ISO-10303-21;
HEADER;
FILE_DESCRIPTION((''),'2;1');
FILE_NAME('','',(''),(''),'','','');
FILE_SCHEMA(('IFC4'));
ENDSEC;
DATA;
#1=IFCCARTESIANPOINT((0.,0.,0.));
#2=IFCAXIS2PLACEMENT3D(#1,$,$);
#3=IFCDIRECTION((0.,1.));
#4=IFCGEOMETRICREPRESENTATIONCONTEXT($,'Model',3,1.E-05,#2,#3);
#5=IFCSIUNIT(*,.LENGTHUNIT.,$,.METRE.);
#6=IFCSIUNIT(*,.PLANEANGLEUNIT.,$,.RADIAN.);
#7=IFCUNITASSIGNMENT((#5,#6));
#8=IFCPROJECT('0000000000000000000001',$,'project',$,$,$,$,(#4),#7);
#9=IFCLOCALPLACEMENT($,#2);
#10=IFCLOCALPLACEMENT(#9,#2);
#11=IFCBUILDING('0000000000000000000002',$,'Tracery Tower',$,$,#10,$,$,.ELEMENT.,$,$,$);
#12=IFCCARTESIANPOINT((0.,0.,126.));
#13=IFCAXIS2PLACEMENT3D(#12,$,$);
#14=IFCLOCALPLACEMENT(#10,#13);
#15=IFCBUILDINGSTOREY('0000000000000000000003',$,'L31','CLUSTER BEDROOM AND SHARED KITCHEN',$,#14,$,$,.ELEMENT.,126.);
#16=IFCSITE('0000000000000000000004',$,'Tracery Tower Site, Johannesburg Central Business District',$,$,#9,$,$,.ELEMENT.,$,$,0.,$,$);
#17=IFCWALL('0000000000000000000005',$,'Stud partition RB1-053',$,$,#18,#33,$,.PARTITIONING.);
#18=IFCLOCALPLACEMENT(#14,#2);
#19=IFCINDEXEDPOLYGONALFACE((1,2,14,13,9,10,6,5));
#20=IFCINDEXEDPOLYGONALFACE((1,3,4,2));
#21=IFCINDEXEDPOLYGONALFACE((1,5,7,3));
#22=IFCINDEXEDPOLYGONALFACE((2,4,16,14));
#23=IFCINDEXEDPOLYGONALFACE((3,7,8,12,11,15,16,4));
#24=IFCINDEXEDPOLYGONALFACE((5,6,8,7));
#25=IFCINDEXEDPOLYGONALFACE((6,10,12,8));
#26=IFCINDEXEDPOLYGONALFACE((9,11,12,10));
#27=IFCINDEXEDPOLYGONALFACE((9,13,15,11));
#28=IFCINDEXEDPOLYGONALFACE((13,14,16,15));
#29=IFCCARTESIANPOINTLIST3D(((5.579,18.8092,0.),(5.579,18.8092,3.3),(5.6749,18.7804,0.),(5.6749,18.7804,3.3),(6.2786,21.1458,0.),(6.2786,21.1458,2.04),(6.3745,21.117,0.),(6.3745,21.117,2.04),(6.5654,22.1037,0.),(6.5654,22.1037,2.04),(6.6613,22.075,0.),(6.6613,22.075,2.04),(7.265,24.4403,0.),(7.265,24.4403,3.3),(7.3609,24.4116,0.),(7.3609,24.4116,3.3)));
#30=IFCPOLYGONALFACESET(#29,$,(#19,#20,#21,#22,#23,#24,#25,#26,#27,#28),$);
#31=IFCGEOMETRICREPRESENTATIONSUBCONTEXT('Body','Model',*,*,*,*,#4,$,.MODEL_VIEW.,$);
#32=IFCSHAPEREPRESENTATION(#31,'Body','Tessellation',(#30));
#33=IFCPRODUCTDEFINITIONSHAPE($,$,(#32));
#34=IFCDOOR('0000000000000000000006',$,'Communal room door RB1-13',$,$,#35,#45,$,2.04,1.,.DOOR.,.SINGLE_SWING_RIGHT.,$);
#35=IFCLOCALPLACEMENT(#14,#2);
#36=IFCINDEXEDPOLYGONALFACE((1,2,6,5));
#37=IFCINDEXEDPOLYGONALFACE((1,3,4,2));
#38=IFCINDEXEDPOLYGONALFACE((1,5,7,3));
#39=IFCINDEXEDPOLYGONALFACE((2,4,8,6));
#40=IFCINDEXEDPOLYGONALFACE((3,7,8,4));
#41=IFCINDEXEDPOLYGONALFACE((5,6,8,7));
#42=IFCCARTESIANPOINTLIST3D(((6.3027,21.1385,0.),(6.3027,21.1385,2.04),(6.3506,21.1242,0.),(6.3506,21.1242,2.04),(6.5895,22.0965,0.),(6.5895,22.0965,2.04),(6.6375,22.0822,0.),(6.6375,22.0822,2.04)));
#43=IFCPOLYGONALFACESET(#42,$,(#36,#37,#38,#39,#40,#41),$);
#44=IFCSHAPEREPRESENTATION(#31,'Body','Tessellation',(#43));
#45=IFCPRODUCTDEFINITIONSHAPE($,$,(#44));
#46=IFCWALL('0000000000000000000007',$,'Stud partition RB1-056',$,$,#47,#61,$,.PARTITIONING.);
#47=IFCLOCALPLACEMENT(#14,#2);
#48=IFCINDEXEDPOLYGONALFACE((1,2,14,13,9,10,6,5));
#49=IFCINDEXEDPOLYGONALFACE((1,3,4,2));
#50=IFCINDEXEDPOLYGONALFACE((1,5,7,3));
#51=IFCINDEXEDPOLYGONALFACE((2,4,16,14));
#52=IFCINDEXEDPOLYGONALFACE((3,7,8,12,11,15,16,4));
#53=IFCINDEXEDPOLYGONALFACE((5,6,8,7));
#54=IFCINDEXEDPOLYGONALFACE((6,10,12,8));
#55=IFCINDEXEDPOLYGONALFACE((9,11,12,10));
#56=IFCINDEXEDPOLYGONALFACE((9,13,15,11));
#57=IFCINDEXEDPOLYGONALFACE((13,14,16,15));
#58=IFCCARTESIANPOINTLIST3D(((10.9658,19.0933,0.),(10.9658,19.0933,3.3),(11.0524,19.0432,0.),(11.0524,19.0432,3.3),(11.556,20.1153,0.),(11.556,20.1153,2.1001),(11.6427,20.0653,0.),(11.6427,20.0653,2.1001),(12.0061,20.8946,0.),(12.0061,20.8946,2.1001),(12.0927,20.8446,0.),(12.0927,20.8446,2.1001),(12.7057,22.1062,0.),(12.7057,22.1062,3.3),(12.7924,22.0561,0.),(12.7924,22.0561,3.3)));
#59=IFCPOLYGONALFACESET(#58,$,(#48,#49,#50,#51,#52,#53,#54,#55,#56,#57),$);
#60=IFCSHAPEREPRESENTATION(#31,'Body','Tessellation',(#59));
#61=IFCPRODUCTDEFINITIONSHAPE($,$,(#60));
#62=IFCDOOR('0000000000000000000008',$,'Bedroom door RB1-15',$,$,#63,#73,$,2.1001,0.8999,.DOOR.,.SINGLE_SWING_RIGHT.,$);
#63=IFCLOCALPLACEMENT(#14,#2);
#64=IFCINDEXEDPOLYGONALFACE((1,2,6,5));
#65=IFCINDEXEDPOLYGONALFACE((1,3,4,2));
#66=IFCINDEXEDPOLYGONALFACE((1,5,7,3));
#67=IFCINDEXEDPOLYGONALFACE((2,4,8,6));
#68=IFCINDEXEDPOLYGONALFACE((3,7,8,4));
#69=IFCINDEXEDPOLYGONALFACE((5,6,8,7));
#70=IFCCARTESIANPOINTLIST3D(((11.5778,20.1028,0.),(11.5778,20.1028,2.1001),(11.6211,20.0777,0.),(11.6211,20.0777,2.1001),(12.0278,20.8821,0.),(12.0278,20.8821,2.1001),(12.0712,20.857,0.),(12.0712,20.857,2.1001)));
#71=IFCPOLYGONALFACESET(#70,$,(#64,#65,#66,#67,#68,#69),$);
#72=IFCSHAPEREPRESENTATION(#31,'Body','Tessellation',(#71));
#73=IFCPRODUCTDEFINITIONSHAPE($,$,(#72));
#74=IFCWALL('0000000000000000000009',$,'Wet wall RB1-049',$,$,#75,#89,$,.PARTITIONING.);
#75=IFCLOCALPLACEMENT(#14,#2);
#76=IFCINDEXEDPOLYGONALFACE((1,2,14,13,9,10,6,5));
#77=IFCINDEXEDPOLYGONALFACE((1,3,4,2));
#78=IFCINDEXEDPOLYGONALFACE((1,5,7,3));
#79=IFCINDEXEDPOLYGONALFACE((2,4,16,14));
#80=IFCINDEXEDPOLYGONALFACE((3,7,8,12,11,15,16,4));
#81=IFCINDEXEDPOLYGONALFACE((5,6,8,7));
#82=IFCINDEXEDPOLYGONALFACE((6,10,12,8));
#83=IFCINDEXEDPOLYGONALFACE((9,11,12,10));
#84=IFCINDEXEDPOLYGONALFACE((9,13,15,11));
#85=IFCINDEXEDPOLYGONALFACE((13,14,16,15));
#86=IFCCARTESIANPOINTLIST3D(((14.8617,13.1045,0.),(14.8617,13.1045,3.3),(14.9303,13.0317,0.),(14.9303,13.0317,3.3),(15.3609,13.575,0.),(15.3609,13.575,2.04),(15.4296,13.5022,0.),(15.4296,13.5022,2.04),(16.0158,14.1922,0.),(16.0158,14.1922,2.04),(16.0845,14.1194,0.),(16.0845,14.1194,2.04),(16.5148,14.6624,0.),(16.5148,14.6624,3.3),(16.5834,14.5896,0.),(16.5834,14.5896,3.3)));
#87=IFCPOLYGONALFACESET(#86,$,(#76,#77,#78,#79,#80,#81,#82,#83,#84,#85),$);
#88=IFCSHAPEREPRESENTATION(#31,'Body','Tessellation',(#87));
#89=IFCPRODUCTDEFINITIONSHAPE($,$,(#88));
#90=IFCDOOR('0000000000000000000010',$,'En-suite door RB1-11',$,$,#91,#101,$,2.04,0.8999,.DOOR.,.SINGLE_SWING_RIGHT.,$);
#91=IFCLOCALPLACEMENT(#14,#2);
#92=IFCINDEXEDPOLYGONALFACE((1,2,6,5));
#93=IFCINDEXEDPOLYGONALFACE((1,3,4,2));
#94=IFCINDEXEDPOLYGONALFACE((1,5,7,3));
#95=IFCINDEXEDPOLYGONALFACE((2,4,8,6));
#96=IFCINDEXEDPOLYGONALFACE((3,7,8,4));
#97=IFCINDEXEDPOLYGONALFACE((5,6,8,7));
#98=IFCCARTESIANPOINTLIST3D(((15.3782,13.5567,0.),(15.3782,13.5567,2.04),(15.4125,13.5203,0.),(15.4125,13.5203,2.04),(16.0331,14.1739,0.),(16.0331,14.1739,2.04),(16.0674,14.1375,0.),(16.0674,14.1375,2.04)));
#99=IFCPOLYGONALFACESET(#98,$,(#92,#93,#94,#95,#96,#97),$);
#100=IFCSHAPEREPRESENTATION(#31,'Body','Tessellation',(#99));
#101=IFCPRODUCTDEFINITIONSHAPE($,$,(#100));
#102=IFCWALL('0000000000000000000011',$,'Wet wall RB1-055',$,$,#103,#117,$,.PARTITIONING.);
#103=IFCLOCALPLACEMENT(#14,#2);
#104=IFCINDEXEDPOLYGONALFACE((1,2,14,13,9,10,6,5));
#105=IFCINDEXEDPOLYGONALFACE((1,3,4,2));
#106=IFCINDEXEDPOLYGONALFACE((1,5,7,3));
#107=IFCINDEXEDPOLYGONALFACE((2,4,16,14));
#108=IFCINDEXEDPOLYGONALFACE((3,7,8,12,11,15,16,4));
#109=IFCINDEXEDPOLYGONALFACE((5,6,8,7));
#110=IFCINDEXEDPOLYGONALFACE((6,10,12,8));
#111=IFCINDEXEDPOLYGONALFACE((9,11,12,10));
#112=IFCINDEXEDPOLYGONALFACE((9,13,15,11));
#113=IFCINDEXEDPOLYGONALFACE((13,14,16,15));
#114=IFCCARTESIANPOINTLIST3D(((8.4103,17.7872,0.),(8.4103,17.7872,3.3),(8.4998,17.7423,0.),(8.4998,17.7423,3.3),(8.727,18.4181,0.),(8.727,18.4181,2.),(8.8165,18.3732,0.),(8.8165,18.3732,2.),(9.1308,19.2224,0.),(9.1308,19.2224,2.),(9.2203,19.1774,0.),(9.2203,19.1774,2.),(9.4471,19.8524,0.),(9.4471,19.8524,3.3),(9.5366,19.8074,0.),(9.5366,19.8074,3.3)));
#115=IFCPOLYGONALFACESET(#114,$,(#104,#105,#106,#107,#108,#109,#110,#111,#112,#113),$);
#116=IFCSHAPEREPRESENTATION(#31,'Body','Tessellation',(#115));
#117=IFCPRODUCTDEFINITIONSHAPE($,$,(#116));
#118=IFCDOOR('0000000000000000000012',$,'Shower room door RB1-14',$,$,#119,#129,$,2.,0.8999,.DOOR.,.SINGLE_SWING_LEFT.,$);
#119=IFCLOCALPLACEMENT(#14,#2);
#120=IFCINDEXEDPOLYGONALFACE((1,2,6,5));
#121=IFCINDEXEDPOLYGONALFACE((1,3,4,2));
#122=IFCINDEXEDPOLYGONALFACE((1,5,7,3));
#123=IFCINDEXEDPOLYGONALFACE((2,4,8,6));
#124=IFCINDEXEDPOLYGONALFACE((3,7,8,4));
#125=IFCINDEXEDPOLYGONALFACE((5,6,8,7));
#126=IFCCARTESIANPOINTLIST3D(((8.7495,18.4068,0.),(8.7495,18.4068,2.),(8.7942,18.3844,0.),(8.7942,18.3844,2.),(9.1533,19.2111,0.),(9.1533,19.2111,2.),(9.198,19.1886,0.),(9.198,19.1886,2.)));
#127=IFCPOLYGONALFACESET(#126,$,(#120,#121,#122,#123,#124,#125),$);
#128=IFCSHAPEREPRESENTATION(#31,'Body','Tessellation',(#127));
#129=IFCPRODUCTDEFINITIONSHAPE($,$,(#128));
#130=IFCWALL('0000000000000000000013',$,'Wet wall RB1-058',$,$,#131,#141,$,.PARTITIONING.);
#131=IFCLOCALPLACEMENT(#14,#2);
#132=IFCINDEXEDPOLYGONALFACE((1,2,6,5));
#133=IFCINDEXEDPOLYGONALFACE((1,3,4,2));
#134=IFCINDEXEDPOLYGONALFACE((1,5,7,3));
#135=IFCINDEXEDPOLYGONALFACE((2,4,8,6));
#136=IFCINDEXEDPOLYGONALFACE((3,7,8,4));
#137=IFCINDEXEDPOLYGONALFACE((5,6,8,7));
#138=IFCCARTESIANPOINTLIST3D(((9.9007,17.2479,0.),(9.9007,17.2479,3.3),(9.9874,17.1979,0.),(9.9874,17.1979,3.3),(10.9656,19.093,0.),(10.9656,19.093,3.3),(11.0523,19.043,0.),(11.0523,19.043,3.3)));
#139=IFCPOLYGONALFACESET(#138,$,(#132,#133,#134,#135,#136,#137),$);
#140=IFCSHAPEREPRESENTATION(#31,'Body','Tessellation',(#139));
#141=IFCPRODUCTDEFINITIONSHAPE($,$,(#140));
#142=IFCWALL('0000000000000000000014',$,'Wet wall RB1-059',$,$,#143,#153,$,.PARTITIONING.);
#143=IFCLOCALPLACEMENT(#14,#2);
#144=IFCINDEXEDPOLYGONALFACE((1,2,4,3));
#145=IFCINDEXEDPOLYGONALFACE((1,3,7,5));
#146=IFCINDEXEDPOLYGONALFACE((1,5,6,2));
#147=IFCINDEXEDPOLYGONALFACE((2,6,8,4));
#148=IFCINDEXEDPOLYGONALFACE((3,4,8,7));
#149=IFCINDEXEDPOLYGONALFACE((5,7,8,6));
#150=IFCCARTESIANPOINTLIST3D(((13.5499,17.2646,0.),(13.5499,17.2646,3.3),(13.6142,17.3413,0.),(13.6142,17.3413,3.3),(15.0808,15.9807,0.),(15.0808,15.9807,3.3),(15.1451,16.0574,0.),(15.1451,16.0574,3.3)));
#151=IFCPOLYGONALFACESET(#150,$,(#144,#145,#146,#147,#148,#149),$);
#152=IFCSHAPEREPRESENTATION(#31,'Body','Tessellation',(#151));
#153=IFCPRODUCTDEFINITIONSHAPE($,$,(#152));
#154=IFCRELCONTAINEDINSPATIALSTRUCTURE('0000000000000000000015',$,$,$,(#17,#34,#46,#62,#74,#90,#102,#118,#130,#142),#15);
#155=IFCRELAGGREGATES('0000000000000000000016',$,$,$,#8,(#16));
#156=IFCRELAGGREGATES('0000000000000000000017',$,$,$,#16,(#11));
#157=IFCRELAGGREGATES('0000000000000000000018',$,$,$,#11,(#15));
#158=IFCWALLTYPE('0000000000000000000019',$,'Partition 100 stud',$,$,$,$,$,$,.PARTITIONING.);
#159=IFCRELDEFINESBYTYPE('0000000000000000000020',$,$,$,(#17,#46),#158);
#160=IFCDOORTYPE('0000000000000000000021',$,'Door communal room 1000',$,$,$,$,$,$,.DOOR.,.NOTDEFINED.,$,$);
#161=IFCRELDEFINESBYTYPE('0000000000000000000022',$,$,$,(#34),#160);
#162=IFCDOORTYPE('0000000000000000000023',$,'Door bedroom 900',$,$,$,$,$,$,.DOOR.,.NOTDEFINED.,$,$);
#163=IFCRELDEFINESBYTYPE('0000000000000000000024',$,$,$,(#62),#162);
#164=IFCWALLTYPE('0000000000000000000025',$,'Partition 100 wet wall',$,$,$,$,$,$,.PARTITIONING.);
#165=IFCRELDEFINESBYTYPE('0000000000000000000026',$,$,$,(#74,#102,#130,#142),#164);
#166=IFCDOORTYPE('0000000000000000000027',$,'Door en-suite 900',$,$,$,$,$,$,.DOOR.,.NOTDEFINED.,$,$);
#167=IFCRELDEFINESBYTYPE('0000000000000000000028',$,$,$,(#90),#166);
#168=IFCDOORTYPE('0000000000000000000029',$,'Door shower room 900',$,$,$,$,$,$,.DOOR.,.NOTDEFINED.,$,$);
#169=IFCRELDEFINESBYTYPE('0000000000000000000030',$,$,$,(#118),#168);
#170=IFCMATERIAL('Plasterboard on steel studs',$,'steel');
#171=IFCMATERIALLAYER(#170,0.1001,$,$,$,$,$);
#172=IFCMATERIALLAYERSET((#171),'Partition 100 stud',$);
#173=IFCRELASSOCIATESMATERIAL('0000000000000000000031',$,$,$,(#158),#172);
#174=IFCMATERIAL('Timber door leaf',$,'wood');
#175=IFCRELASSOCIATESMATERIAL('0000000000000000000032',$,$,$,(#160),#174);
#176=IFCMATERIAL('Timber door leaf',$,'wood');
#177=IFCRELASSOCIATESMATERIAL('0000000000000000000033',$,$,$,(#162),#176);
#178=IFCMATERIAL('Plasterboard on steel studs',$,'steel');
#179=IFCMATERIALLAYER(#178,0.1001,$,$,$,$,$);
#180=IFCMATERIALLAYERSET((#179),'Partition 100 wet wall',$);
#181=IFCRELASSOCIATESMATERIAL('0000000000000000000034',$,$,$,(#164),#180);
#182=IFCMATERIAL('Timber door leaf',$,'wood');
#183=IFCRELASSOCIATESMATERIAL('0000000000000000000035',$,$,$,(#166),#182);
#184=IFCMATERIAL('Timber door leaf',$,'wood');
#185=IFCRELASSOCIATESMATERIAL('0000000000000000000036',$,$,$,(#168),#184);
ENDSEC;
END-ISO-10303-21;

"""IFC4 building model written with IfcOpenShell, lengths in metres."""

from ifc_helpers import new_model, si_unit, direction, frame, frame_2d, origin, place, context, subcontext, project, spatial, rectangle, extrude, material, layer, layer_set, type_object, element, fill, save


model = new_model("IFC4")

# Units and contexts
model_context = context("Model", 3, precision=1e-05, world=origin(), true_north=direction((0.0, 1.0)))
body_context = subcontext(model_context, "Body", "Model", "MODEL_VIEW")
ifc_project = project(units=[si_unit("LENGTHUNIT", "METRE"), si_unit("PLANEANGLEUNIT", "RADIAN")], contexts=[model_context])

# Site, building, storey
site_placement = place(None, origin())
site = spatial("IfcSite", under=ifc_project, at=site_placement, Name="Tracery Tower Site, Johannesburg Central Business District", CompositionType="ELEMENT", RefElevation=0.0)
building_placement = place(site_placement, origin())
building = spatial("IfcBuilding", under=site, at=building_placement, Name="Tracery Tower", CompositionType="ELEMENT")
storey_placement = place(building_placement, frame((0.0, 0.0, 126.0)))
storey = spatial("IfcBuildingStorey", under=building, at=storey_placement, Name="L31", Description="CLUSTER BEDROOM AND SHARED KITCHEN", CompositionType="ELEMENT", Elevation=126.0)

# Walls, openings, doors
ifc_material_1 = material(Name="Plasterboard on steel studs", Category="steel")
ifc_layer_1 = layer(ifc_material_1, 0.1001)
ifc_layer_set_1 = layer_set([ifc_layer_1], Name="Partition 100 stud")
wall_type_1 = type_object("IfcWallType", Name="Partition 100 stud", PredefinedType="PARTITIONING", material=ifc_layer_set_1)
wall_1_placement = place(storey_placement, frame((5.627, 18.7949, 0.0), z_axis=(0.0, 0.0, 1.0), x_axis=(0.286833, 0.95798, 0.0)))
wall_1 = element("IfcWall", 1, at=wall_1_placement, inside=storey, type_object=wall_type_1, Name="Stud partition RB1-053", PredefinedType="PARTITIONING", context=body_context, shape_type="SweptSolid", body=[
    extrude(rectangle(XDim=5.8782, YDim=0.1001, at=frame_2d((2.939, 0.0))), origin(), (0.0, 0.0, 1.0), 3.3),
])
opening_1_placement = place(wall_1_placement, frame((2.439, 0.0, 0.0)))
opening_1 = element("IfcOpeningElement", 2, at=opening_1_placement, cuts=wall_1, PredefinedType="OPENING", context=body_context, shape_type="SweptSolid", body=[
    extrude(rectangle(XDim=1.0, YDim=2.04, at=frame_2d((0.5, 1.02))), frame((0.0, 0.05, 0.0), z_axis=(0.0, -1.0, 0.0), x_axis=(1.0, 0.0, 0.0)), (0.0, 0.0, 1.0), 0.1001),
])
ifc_material_2 = material(Name="Timber door leaf", Category="wood")
door_type_1 = type_object("IfcDoorType", Name="Door communal room 1000", OperationType="NOTDEFINED", PredefinedType="DOOR", material=ifc_material_2)
door_1_placement = place(opening_1_placement, origin())
door_1 = element("IfcDoor", 3, at=door_1_placement, inside=storey, type_object=door_type_1, Name="Communal room door RB1-13", OperationType="SINGLE_SWING_RIGHT", OverallHeight=2.04, OverallWidth=1.0, PredefinedType="DOOR", context=body_context, shape_type="SweptSolid", body=[
    extrude(rectangle(XDim=1.0, YDim=2.04, at=frame_2d((0.5, 1.02))), frame((0.0, 0.0249, 0.0), z_axis=(0.0, -1.0, 0.0), x_axis=(1.0, 0.0, 0.0)), (0.0, 0.0, 1.0), 0.05),
])
fill(opening_1, door_1)
wall_2_placement = place(storey_placement, frame((11.009, 19.0681, 0.0), z_axis=(0.0, 0.0, 1.0), x_axis=(0.500101, 0.865967, 0.0)))
wall_2 = element("IfcWall", 4, at=wall_2_placement, inside=storey, type_object=wall_type_1, Name="Stud partition RB1-056", PredefinedType="PARTITIONING", context=body_context, shape_type="SweptSolid", body=[
    extrude(rectangle(XDim=3.4792, YDim=0.1001, at=frame_2d((1.7397, 0.0))), origin(), (0.0, 0.0, 1.0), 3.3),
])
opening_2_placement = place(wall_2_placement, frame((1.1804, 0.0, 0.0)))
opening_2 = element("IfcOpeningElement", 5, at=opening_2_placement, cuts=wall_2, PredefinedType="OPENING", context=body_context, shape_type="SweptSolid", body=[
    extrude(rectangle(XDim=0.8999, YDim=2.1001, at=frame_2d((0.45, 1.05))), frame((0.0, 0.05, 0.0), z_axis=(0.0, -1.0, 0.0), x_axis=(1.0, 0.0, 0.0)), (0.0, 0.0, 1.0), 0.1001),
])
ifc_material_3 = material(Name="Timber door leaf", Category="wood")
door_type_2 = type_object("IfcDoorType", Name="Door bedroom 900", OperationType="NOTDEFINED", PredefinedType="DOOR", material=ifc_material_3)
door_2_placement = place(opening_2_placement, origin())
door_2 = element("IfcDoor", 6, at=door_2_placement, inside=storey, type_object=door_type_2, Name="Bedroom door RB1-15", OperationType="SINGLE_SWING_RIGHT", OverallHeight=2.1001, OverallWidth=0.8999, PredefinedType="DOOR", context=body_context, shape_type="SweptSolid", body=[
    extrude(rectangle(XDim=0.8999, YDim=2.1001, at=frame_2d((0.45, 1.05))), frame((0.0, 0.0249, 0.0), z_axis=(0.0, -1.0, 0.0), x_axis=(1.0, 0.0, 0.0)), (0.0, 0.0, 1.0), 0.05),
])
fill(opening_2, door_2)
ifc_material_4 = material(Name="Plasterboard on steel studs", Category="steel")
ifc_layer_2 = layer(ifc_material_4, 0.1001)
ifc_layer_set_2 = layer_set([ifc_layer_2], Name="Partition 100 wet wall")
wall_type_2 = type_object("IfcWallType", Name="Partition 100 wet wall", PredefinedType="PARTITIONING", material=ifc_layer_set_2)
wall_3_placement = place(storey_placement, frame((14.896, 13.0681, 0.0), z_axis=(0.0, 0.0, 1.0), x_axis=(0.727755, 0.685837, 0.0)))
wall_3 = element("IfcWall", 7, at=wall_3_placement, inside=storey, type_object=wall_type_2, Name="Wet wall RB1-049", PredefinedType="PARTITIONING", context=body_context, shape_type="SweptSolid", body=[
    extrude(rectangle(XDim=2.2715, YDim=0.1001, at=frame_2d((1.1357, 0.0))), origin(), (0.0, 0.0, 1.0), 3.3),
])
opening_3_placement = place(wall_3_placement, frame((0.686, 0.0, 0.0)))
opening_3 = element("IfcOpeningElement", 8, at=opening_3_placement, cuts=wall_3, PredefinedType="OPENING", context=body_context, shape_type="SweptSolid", body=[
    extrude(rectangle(XDim=0.8999, YDim=2.04, at=frame_2d((0.45, 1.02))), frame((0.0, 0.05, 0.0), z_axis=(0.0, -1.0, 0.0), x_axis=(1.0, 0.0, 0.0)), (0.0, 0.0, 1.0), 0.1001),
])
ifc_material_5 = material(Name="Timber door leaf", Category="wood")
door_type_3 = type_object("IfcDoorType", Name="Door en-suite 900", OperationType="NOTDEFINED", PredefinedType="DOOR", material=ifc_material_5)
door_3_placement = place(opening_3_placement, origin())
door_3 = element("IfcDoor", 9, at=door_3_placement, inside=storey, type_object=door_type_3, Name="En-suite door RB1-11", OperationType="SINGLE_SWING_RIGHT", OverallHeight=2.04, OverallWidth=0.8999, PredefinedType="DOOR", context=body_context, shape_type="SweptSolid", body=[
    extrude(rectangle(XDim=0.8999, YDim=2.04, at=frame_2d((0.45, 1.02))), frame((0.0, 0.0249, 0.0), z_axis=(0.0, -1.0, 0.0), x_axis=(1.0, 0.0, 0.0)), (0.0, 0.0, 1.0), 0.05),
])
fill(opening_3, door_3)
wall_4_placement = place(storey_placement, frame((8.4551, 17.7649, 0.0), z_axis=(0.0, 0.0, 1.0), x_axis=(0.448692, 0.893686, 0.0)))
wall_4 = element("IfcWall", 10, at=wall_4_placement, inside=storey, type_object=wall_type_2, Name="Wet wall RB1-055", PredefinedType="PARTITIONING", context=body_context, shape_type="SweptSolid", body=[
    extrude(rectangle(XDim=2.3108, YDim=0.1001, at=frame_2d((1.1553, 0.0))), origin(), (0.0, 0.0, 1.0), 3.3),
])
opening_4_placement = place(wall_4_placement, frame((0.7058, 0.0, 0.0)))
opening_4 = element("IfcOpeningElement", 11, at=opening_4_placement, cuts=wall_4, PredefinedType="OPENING", context=body_context, shape_type="SweptSolid", body=[
    extrude(rectangle(XDim=0.8999, YDim=2.0, at=frame_2d((0.45, 1.0))), frame((0.0, 0.05, 0.0), z_axis=(0.0, -1.0, 0.0), x_axis=(1.0, 0.0, 0.0)), (0.0, 0.0, 1.0), 0.1001),
])
ifc_material_6 = material(Name="Timber door leaf", Category="wood")
door_type_4 = type_object("IfcDoorType", Name="Door shower room 900", OperationType="NOTDEFINED", PredefinedType="DOOR", material=ifc_material_6)
door_4_placement = place(opening_4_placement, origin())
door_4 = element("IfcDoor", 12, at=door_4_placement, inside=storey, type_object=door_type_4, Name="Shower room door RB1-14", OperationType="SINGLE_SWING_LEFT", OverallHeight=2.0, OverallWidth=0.8999, PredefinedType="DOOR", context=body_context, shape_type="SweptSolid", body=[
    extrude(rectangle(XDim=0.8999, YDim=2.0, at=frame_2d((0.45, 1.0))), frame((0.0, 0.0249, 0.0), z_axis=(0.0, -1.0, 0.0), x_axis=(1.0, 0.0, 0.0)), (0.0, 0.0, 1.0), 0.05),
])
fill(opening_4, door_4)

# Walls
wall_5_placement = place(storey_placement, frame((9.9441, 17.2229, 0.0), z_axis=(0.0, 0.0, 1.0), x_axis=(0.499861, 0.866105, 0.0)))
element("IfcWall", 13, at=wall_5_placement, inside=storey, type_object=wall_type_2, Name="Wet wall RB1-058", PredefinedType="PARTITIONING", context=body_context, shape_type="SweptSolid", body=[
    extrude(rectangle(XDim=2.1304, YDim=0.1001, at=frame_2d((1.0652, 0.0))), origin(), (0.0, 0.0, 1.0), 3.3),
])
wall_6_placement = place(storey_placement, frame((13.582, 17.303, 0.0), z_axis=(0.0, 0.0, 1.0), x_axis=(0.766225, -0.642573, 0.0)))
element("IfcWall", 14, at=wall_6_placement, inside=storey, type_object=wall_type_2, Name="Wet wall RB1-059", PredefinedType="PARTITIONING", context=body_context, shape_type="SweptSolid", body=[
    extrude(rectangle(XDim=1.998, YDim=0.1001, at=frame_2d((0.999, 0.0))), origin(), (0.0, 0.0, 1.0), 3.3),
])

save(model, "model.ifc")
